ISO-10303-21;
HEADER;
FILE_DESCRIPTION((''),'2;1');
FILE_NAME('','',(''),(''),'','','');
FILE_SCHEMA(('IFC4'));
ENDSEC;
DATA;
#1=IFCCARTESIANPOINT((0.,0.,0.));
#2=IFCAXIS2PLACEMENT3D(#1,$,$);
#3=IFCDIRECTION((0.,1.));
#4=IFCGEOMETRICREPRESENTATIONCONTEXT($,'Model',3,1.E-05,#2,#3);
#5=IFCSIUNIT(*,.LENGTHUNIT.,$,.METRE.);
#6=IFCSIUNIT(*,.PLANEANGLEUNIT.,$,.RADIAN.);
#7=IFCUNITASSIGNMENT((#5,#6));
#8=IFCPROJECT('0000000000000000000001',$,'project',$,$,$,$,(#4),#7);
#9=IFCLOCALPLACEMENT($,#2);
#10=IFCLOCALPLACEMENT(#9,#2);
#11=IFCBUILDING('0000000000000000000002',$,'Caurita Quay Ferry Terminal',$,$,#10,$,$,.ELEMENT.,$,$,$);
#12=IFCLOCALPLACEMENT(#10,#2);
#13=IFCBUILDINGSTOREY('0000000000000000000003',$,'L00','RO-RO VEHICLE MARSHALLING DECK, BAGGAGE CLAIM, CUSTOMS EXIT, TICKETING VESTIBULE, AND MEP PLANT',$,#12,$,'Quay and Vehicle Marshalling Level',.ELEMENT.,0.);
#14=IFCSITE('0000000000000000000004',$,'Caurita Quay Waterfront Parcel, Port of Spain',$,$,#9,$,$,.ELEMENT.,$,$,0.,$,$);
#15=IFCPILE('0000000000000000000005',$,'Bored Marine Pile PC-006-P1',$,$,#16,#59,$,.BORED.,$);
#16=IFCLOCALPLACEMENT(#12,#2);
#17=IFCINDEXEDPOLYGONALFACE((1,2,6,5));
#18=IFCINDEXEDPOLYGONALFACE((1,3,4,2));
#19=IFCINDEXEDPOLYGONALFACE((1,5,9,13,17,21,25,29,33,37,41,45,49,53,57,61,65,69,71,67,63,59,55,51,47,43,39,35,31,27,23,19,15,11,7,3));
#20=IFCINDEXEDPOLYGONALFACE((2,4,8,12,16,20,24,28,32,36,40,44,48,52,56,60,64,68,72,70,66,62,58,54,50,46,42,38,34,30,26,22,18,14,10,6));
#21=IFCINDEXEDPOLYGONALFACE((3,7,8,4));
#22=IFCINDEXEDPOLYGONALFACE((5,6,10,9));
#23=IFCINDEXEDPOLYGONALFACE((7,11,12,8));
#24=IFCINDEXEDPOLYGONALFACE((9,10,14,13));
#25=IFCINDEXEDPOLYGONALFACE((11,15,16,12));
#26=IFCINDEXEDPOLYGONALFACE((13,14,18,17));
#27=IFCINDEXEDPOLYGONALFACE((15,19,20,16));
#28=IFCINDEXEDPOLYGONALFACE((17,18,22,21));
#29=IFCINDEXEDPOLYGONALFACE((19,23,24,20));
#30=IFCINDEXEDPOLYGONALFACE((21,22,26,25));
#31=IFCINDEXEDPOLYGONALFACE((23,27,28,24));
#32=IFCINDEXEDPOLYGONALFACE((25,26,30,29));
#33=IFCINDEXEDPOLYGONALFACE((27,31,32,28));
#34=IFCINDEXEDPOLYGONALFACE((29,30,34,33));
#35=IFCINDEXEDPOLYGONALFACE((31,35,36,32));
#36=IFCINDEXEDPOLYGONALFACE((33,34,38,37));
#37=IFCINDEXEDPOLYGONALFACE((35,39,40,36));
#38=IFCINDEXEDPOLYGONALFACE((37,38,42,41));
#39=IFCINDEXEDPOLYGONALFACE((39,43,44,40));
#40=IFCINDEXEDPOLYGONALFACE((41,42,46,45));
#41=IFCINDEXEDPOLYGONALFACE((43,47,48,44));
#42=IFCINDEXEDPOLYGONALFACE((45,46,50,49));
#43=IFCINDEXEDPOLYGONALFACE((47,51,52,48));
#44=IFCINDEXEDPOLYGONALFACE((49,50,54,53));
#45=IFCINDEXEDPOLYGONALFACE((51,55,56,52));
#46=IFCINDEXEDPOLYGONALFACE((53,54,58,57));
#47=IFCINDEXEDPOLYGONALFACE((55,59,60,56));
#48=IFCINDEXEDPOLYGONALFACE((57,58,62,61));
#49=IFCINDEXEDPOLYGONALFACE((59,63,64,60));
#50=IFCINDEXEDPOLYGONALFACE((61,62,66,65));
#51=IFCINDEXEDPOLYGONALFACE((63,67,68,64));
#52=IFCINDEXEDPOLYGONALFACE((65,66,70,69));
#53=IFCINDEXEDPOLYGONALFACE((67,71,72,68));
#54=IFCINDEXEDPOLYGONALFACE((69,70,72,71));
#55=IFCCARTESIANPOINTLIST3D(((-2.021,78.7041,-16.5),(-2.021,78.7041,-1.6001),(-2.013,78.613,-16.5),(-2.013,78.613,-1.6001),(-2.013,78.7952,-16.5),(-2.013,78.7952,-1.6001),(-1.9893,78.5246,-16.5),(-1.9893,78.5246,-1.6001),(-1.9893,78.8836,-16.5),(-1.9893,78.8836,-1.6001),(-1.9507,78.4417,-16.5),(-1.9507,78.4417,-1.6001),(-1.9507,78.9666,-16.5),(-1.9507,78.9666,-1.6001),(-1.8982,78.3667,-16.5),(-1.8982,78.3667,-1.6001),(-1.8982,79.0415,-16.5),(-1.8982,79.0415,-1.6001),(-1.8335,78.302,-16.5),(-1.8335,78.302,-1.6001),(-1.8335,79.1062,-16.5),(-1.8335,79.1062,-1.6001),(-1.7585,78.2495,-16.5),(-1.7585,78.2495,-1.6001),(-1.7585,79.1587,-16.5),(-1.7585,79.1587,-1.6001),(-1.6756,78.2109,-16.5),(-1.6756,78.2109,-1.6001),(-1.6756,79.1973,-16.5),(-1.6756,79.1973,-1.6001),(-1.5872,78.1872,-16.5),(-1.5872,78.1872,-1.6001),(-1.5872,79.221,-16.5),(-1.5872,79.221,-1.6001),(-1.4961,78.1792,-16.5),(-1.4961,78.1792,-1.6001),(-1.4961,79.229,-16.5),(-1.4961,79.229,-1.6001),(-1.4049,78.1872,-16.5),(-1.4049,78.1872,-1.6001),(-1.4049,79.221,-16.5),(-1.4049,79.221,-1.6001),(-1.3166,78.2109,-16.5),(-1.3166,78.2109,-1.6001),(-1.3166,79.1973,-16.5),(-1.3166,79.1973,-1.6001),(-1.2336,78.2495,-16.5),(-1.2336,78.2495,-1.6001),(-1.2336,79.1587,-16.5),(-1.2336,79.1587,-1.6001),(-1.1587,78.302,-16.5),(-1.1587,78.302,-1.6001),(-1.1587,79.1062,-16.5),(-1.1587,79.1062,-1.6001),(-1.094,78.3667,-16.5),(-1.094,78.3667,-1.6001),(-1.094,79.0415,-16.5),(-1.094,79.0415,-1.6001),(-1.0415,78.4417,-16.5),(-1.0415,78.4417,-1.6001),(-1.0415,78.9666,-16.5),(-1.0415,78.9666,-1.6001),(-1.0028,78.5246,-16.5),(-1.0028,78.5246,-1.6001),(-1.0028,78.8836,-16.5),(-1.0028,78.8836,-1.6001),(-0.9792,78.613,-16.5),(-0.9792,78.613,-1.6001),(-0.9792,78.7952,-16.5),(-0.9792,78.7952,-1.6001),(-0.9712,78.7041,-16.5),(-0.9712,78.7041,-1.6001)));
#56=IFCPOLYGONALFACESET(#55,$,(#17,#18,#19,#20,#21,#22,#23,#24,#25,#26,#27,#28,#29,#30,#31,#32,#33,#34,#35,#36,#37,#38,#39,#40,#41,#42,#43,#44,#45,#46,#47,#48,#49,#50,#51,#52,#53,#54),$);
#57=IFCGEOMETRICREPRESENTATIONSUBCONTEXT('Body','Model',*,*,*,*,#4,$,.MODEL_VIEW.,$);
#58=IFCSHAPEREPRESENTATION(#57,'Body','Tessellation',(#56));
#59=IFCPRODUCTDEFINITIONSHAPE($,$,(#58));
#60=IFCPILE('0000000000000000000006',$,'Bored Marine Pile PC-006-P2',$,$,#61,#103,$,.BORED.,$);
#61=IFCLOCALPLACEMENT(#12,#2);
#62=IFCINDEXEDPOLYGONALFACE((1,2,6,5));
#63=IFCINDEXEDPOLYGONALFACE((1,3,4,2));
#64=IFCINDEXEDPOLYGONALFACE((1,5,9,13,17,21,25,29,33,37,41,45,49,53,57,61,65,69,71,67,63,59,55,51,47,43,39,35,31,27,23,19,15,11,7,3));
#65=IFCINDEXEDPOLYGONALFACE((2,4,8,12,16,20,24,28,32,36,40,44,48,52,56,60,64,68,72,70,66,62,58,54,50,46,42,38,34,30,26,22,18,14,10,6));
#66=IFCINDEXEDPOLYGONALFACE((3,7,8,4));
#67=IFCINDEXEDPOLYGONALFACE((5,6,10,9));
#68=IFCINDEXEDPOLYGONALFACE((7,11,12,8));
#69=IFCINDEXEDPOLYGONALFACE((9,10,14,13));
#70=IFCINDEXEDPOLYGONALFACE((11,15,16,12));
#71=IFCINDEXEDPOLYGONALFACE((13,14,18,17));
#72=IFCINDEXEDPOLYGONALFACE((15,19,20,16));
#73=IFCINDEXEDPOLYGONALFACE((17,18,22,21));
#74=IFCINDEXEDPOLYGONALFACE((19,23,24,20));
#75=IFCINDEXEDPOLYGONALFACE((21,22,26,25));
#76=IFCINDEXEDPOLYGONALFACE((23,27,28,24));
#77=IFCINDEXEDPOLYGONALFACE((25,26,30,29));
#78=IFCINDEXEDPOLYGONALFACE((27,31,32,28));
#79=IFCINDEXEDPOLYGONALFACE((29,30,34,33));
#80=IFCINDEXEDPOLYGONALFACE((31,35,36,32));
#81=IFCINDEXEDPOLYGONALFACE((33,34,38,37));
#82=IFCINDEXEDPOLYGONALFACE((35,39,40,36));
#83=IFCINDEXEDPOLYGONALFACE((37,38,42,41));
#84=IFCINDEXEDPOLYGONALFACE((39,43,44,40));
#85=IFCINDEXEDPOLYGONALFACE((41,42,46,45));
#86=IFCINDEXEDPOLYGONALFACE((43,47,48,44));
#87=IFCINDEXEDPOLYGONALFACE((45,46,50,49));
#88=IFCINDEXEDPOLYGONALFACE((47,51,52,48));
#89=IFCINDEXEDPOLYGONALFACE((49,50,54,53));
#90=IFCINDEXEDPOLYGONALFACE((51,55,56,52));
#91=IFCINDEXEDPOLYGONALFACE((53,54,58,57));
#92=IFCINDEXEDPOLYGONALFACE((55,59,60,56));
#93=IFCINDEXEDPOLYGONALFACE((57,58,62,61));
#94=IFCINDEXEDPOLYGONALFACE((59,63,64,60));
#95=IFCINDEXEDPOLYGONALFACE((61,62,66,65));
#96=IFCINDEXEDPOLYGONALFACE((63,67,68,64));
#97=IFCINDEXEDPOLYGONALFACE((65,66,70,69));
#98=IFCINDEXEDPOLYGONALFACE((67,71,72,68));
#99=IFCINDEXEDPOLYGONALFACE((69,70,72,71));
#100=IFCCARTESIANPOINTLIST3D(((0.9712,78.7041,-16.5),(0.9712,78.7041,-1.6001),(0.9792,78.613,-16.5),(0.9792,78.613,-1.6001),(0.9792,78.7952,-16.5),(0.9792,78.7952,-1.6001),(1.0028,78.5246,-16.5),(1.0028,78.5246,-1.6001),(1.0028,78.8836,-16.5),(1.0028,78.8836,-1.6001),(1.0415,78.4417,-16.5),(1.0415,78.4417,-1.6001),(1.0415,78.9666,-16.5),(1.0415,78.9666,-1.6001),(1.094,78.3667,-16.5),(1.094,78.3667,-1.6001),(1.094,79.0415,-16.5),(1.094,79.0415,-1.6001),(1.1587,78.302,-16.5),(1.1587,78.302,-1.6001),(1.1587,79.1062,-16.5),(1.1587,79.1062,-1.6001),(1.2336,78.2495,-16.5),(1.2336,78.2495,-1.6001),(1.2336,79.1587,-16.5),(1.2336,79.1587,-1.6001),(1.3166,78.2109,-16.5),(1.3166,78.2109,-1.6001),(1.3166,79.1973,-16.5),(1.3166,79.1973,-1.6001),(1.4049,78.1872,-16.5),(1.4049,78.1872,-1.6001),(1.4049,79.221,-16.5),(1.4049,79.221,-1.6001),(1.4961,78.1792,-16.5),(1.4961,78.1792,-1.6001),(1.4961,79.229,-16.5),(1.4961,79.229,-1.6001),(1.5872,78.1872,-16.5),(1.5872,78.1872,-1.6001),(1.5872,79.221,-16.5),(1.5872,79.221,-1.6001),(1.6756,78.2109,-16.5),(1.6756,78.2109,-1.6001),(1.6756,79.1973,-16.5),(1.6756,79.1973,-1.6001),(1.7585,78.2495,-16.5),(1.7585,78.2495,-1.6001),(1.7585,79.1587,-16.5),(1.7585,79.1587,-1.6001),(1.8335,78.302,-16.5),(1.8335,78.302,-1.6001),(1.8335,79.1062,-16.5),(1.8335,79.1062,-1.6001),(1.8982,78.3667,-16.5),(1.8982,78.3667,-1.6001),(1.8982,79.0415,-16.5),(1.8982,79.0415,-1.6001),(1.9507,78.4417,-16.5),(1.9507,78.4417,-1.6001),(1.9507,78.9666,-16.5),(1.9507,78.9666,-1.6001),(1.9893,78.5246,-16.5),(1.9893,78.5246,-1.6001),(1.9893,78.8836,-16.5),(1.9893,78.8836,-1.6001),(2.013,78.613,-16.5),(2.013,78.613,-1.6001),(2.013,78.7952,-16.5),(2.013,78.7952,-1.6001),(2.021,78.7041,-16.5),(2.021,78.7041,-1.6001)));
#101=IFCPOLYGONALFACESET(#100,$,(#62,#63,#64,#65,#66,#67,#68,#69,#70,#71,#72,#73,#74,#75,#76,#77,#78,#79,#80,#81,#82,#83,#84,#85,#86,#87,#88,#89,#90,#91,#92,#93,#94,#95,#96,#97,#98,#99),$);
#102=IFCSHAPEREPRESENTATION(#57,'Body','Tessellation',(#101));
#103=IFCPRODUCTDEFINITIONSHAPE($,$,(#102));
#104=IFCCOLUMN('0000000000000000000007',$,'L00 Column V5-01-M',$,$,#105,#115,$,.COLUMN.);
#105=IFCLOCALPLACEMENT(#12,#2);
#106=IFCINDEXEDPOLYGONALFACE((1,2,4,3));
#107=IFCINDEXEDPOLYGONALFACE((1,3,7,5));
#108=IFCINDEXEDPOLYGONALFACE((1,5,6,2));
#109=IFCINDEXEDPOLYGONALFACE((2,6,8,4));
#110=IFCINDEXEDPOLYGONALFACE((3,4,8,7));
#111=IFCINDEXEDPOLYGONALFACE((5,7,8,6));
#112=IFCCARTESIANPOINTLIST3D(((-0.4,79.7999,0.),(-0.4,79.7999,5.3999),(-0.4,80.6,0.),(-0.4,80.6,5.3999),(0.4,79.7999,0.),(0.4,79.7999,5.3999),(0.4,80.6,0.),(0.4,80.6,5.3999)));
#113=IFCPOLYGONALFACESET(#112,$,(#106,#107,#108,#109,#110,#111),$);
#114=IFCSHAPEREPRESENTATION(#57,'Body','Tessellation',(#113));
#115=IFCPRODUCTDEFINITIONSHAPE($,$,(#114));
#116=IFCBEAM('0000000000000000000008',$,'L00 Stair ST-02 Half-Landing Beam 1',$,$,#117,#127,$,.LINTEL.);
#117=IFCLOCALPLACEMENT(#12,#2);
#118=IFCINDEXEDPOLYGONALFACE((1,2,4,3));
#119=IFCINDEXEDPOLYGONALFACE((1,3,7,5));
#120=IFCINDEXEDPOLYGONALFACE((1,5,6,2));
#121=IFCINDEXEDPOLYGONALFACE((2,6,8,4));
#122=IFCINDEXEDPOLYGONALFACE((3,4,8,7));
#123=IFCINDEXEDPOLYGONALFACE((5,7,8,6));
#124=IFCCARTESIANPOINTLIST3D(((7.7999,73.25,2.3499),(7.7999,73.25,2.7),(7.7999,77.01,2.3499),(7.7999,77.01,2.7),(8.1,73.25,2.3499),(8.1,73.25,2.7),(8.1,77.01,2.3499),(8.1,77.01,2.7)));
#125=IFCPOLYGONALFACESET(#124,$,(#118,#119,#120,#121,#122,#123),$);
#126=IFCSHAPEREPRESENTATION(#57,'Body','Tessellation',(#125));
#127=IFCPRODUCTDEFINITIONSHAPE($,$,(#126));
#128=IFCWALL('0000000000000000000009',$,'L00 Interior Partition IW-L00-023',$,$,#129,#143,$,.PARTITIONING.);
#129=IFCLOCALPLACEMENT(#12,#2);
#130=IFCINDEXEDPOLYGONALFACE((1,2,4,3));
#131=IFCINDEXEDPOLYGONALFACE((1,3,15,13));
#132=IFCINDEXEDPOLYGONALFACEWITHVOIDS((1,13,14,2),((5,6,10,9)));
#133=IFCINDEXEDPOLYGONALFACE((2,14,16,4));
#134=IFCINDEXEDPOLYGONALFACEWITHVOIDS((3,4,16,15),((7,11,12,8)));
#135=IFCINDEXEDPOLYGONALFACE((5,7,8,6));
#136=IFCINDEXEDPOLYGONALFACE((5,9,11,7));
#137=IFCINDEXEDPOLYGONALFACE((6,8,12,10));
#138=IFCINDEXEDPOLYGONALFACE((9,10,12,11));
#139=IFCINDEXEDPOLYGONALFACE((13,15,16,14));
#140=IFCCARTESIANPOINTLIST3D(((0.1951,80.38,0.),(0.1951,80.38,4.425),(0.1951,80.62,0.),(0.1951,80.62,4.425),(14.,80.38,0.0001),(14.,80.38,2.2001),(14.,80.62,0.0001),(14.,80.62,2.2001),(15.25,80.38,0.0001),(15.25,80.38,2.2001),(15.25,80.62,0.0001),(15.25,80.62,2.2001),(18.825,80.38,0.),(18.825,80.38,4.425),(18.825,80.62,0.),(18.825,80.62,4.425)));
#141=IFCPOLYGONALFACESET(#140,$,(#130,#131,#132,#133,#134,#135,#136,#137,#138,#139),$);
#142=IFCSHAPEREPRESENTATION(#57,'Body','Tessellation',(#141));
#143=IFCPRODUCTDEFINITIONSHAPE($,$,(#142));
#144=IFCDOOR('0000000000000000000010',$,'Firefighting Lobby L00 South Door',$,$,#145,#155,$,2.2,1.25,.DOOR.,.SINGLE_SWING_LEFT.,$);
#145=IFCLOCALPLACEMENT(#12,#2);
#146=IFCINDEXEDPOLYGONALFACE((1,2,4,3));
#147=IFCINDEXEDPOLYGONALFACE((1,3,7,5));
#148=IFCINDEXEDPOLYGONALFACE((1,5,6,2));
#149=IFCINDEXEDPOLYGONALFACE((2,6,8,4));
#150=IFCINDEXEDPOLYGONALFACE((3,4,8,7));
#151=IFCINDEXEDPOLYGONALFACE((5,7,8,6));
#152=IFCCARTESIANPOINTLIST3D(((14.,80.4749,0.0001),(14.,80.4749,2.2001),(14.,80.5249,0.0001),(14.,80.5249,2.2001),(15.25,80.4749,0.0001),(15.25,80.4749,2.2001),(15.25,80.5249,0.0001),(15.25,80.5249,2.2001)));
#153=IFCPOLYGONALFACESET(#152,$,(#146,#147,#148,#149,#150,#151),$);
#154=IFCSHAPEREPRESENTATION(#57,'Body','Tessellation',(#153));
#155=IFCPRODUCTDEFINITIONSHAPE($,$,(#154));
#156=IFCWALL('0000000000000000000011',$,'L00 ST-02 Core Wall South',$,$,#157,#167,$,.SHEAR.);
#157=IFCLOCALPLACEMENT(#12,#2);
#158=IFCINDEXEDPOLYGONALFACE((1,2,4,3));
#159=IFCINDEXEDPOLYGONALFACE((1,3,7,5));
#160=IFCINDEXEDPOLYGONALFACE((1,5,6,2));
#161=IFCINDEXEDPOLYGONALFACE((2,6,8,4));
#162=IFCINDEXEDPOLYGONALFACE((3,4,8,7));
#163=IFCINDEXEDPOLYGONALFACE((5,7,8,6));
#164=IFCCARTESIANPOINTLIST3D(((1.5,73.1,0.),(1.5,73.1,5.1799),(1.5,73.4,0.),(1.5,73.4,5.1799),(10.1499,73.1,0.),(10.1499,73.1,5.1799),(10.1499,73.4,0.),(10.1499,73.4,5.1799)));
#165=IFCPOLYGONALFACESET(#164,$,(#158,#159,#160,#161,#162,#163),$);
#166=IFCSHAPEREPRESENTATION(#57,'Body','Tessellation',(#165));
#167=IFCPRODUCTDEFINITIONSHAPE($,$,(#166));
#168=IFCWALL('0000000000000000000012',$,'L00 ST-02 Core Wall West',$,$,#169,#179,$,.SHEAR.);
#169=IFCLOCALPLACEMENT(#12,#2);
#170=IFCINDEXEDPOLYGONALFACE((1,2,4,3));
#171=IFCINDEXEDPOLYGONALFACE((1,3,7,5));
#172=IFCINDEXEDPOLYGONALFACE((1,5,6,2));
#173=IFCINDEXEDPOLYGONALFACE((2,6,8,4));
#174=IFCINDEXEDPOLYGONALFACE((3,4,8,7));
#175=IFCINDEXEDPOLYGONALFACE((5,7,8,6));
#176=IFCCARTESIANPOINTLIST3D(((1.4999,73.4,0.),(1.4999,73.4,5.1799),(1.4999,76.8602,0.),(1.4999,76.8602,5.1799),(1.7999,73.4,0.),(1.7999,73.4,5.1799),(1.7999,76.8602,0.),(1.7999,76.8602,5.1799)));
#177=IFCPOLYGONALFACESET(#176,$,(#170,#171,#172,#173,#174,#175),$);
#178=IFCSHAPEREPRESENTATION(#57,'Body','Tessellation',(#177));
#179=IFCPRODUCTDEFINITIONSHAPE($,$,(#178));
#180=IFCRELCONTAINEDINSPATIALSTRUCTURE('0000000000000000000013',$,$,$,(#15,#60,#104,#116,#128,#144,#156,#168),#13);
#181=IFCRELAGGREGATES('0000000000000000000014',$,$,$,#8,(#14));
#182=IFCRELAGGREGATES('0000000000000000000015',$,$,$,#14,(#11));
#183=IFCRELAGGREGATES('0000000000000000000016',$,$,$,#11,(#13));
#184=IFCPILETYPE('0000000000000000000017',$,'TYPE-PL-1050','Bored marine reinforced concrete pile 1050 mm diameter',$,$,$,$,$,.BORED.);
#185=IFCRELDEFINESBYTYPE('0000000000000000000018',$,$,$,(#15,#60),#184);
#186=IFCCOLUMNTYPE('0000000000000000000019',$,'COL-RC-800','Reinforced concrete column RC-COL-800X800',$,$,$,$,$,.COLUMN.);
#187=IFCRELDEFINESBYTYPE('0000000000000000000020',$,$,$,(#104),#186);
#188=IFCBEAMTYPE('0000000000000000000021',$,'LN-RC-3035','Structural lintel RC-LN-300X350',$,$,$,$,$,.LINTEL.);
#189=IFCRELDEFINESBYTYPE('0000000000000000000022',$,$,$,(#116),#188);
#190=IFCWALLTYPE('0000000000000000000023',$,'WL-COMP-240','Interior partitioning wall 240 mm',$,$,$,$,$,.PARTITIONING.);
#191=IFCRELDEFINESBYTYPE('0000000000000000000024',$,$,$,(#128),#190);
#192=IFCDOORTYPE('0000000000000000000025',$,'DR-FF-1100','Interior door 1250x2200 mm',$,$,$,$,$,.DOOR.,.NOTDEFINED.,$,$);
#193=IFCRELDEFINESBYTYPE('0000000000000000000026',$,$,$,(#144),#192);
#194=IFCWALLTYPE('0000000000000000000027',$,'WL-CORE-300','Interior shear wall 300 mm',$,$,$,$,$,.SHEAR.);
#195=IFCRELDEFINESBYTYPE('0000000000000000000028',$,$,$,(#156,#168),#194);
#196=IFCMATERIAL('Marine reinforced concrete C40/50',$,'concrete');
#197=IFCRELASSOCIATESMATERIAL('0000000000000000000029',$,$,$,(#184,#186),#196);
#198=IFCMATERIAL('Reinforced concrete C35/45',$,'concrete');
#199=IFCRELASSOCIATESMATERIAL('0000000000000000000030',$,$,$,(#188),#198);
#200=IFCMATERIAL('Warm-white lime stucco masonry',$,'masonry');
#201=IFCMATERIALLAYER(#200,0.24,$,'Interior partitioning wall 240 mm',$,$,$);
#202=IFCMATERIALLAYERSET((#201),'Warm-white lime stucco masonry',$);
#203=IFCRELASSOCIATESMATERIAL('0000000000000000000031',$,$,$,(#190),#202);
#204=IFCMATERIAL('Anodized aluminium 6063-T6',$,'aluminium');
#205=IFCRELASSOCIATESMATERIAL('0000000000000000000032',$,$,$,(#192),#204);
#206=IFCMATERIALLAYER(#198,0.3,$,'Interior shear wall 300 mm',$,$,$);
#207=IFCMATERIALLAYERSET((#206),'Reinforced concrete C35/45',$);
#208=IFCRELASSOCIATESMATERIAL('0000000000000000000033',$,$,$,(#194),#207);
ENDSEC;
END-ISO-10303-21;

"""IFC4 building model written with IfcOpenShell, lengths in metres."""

from ifc_helpers import new_model, si_unit, direction, frame, frame_2d, origin, origin_2d, place, context, subcontext, project, spatial, rectangle, circle, extrude, material, layer, layer_set, material_profile, profile_set, type_object, element, fill, save


model = new_model("IFC4")

# Units and contexts
model_context = context("Model", 3, precision=1e-05, world=origin(), true_north=direction((0.0, 1.0)))
body_context = subcontext(model_context, "Body", "Model", "MODEL_VIEW")
ifc_project = project(units=[si_unit("LENGTHUNIT", "METRE"), si_unit("PLANEANGLEUNIT", "RADIAN")], contexts=[model_context])

# Site, building, storey
site_placement = place(None, origin())
site = spatial("IfcSite", under=ifc_project, at=site_placement, Name="Caurita Quay Waterfront Parcel, Port of Spain", CompositionType="ELEMENT", RefElevation=0.0)
building_placement = place(site_placement, origin())
building = spatial("IfcBuilding", under=site, at=building_placement, Name="Caurita Quay Ferry Terminal", CompositionType="ELEMENT")
storey_placement = place(building_placement, origin())
storey = spatial("IfcBuildingStorey", under=building, at=storey_placement, Name="L00", Description="RO-RO VEHICLE MARSHALLING DECK, BAGGAGE CLAIM, CUSTOMS EXIT, TICKETING VESTIBULE, AND MEP PLANT", LongName="Quay and Vehicle Marshalling Level", CompositionType="ELEMENT", Elevation=0.0)

# Piles
ifc_material_1 = material(Name="Marine reinforced concrete C40/50", Category="concrete")
ifc_material_profile_1 = material_profile(ifc_material_1, circle(Radius=0.5249, at=origin_2d()), Name="PILE-D1050")
ifc_profile_set_1 = profile_set([ifc_material_profile_1], Name="Marine reinforced concrete C40/50")
pile_type = type_object("IfcPileType", Name="TYPE-PL-1050", Description="Bored marine reinforced concrete pile 1050 mm diameter", PredefinedType="BORED", material=ifc_profile_set_1)
for number, where, z_axis, x_axis, name in (
    (1, (-1.4961, 78.7041, -1.6001), (0.0, 0.0, -1.0), (1.0, 0.0, 0.0), "Bored Marine Pile PC-006-P1"),
    (2, (1.4961, 78.7041, -1.6001), (0.0, 0.0, -1.0), (1.0, 0.0, 0.0), "Bored Marine Pile PC-006-P2"),
):
    element("IfcPile", number, at=place(storey_placement, frame(where, z_axis=z_axis, x_axis=x_axis)), inside=storey, type_object=pile_type, Name=name, PredefinedType="BORED", context=body_context, shape_type="SweptSolid", body=[
        extrude(circle(Radius=0.5249, at=origin_2d()), origin(), (0.0, 0.0, 1.0), 14.8999),
    ])

# Column
ifc_material_profile_2 = material_profile(ifc_material_1, rectangle(XDim=0.8, YDim=0.8, at=origin_2d()), Name="RC-COL-800X800")
ifc_profile_set_2 = profile_set([ifc_material_profile_2], Name="Marine reinforced concrete C40/50")
column_type = type_object("IfcColumnType", Name="COL-RC-800", Description="Reinforced concrete column RC-COL-800X800", PredefinedType="COLUMN", material=ifc_profile_set_2)
column_placement = place(storey_placement, frame((0.0, 80.2, 0.0), z_axis=(0.0, 0.0, 1.0), x_axis=(1.0, 0.0, 0.0)))
element("IfcColumn", 3, at=column_placement, inside=storey, type_object=column_type, Name="L00 Column V5-01-M", PredefinedType="COLUMN", context=body_context, shape_type="SweptSolid", body=[
    extrude(rectangle(XDim=0.8, YDim=0.8, at=origin_2d()), origin(), (0.0, 0.0, 1.0), 5.3999),
])

# Beam
ifc_material_2 = material(Name="Reinforced concrete C35/45", Category="concrete")
ifc_material_profile_3 = material_profile(ifc_material_2, rectangle(XDim=0.3, YDim=0.3501, at=origin_2d()), Name="RC-LN-300X350")
ifc_profile_set_3 = profile_set([ifc_material_profile_3], Name="Reinforced concrete C35/45")
beam_type = type_object("IfcBeamType", Name="LN-RC-3035", Description="Structural lintel RC-LN-300X350", PredefinedType="LINTEL", material=ifc_profile_set_3)
beam_placement = place(storey_placement, frame((7.95, 73.25, 2.5249), z_axis=(0.0, 1.0, 0.0), x_axis=(-1.0, 0.0, 0.0)))
element("IfcBeam", 4, at=beam_placement, inside=storey, type_object=beam_type, Name="L00 Stair ST-02 Half-Landing Beam 1", PredefinedType="LINTEL", context=body_context, shape_type="SweptSolid", body=[
    extrude(rectangle(XDim=0.3, YDim=0.3501, at=origin_2d()), origin(), (0.0, 0.0, 1.0), 3.76),
])

# Wall, opening, door
ifc_material_3 = material(Name="Warm-white lime stucco masonry", Category="masonry")
ifc_layer_1 = layer(ifc_material_3, 0.24, Name="Interior partitioning wall 240 mm")
ifc_layer_set_1 = layer_set([ifc_layer_1], Name="Warm-white lime stucco masonry")
wall_type_1 = type_object("IfcWallType", Name="WL-COMP-240", Description="Interior partitioning wall 240 mm", PredefinedType="PARTITIONING", material=ifc_layer_set_1)
wall_1_placement = place(storey_placement, frame((0.1951, 80.5, 0.0), z_axis=(0.0, 0.0, 1.0), x_axis=(1.0, 0.0, 0.0)))
wall_1 = element("IfcWall", 5, at=wall_1_placement, inside=storey, type_object=wall_type_1, Name="L00 Interior Partition IW-L00-023", PredefinedType="PARTITIONING", context=body_context, shape_type="SweptSolid", body=[
    extrude(rectangle(XDim=18.6299, YDim=0.24, at=frame_2d((9.3149, 0.0))), origin(), (0.0, 0.0, 1.0), 4.425),
])
opening_1_placement = place(wall_1_placement, frame((13.8049, 0.0, 0.0)))
opening_1 = element("IfcOpeningElement", 6, at=opening_1_placement, cuts=wall_1, PredefinedType="OPENING", context=body_context, shape_type="SweptSolid", body=[
    extrude(rectangle(XDim=1.25, YDim=2.2, at=frame_2d((0.625, 1.1001))), frame((0.0, 0.1299, 0.0), z_axis=(0.0, -1.0, 0.0), x_axis=(1.0, 0.0, 0.0)), (0.0, 0.0, 1.0), 0.26),
])
ifc_material_4 = material(Name="Anodized aluminium 6063-T6", Category="aluminium")
door_type = type_object("IfcDoorType", Name="DR-FF-1100", Description="Interior door 1250x2200 mm", OperationType="NOTDEFINED", PredefinedType="DOOR", material=ifc_material_4)
door_placement = place(opening_1_placement, origin())
door = element("IfcDoor", 7, at=door_placement, inside=storey, type_object=door_type, Name="Firefighting Lobby L00 South Door", OperationType="SINGLE_SWING_LEFT", OverallHeight=2.2, OverallWidth=1.25, PredefinedType="DOOR", context=body_context, shape_type="SweptSolid", body=[
    extrude(rectangle(XDim=1.25, YDim=2.2, at=frame_2d((0.625, 1.1001))), frame((0.0, 0.0249, 0.0), z_axis=(0.0, -1.0, 0.0), x_axis=(1.0, 0.0, 0.0)), (0.0, 0.0, 1.0), 0.05),
])
fill(opening_1, door)

# Walls
ifc_layer_2 = layer(ifc_material_2, 0.3, Name="Interior shear wall 300 mm")
ifc_layer_set_2 = layer_set([ifc_layer_2], Name="Reinforced concrete C35/45")
wall_type_2 = type_object("IfcWallType", Name="WL-CORE-300", Description="Interior shear wall 300 mm", PredefinedType="SHEAR", material=ifc_layer_set_2)
wall_2_placement = place(storey_placement, frame((1.5, 73.25, 0.0), z_axis=(0.0, 0.0, 1.0), x_axis=(1.0, 0.0, 0.0)))
element("IfcWall", 8, at=wall_2_placement, inside=storey, type_object=wall_type_2, Name="L00 ST-02 Core Wall South", PredefinedType="SHEAR", context=body_context, shape_type="SweptSolid", body=[
    extrude(rectangle(XDim=8.6499, YDim=0.3, at=frame_2d((4.325, 0.0))), origin(), (0.0, 0.0, 1.0), 5.1799),
])
wall_3_placement = place(storey_placement, frame((1.6499, 76.8601, 0.0), z_axis=(0.0, 0.0, 1.0), x_axis=(0.0, -1.0, 0.0)))
element("IfcWall", 9, at=wall_3_placement, inside=storey, type_object=wall_type_2, Name="L00 ST-02 Core Wall West", PredefinedType="SHEAR", context=body_context, shape_type="SweptSolid", body=[
    extrude(rectangle(XDim=3.4602, YDim=0.3, at=frame_2d((1.73, 0.0))), origin(), (0.0, 0.0, 1.0), 5.1799),
])

save(model, "model.ifc")
